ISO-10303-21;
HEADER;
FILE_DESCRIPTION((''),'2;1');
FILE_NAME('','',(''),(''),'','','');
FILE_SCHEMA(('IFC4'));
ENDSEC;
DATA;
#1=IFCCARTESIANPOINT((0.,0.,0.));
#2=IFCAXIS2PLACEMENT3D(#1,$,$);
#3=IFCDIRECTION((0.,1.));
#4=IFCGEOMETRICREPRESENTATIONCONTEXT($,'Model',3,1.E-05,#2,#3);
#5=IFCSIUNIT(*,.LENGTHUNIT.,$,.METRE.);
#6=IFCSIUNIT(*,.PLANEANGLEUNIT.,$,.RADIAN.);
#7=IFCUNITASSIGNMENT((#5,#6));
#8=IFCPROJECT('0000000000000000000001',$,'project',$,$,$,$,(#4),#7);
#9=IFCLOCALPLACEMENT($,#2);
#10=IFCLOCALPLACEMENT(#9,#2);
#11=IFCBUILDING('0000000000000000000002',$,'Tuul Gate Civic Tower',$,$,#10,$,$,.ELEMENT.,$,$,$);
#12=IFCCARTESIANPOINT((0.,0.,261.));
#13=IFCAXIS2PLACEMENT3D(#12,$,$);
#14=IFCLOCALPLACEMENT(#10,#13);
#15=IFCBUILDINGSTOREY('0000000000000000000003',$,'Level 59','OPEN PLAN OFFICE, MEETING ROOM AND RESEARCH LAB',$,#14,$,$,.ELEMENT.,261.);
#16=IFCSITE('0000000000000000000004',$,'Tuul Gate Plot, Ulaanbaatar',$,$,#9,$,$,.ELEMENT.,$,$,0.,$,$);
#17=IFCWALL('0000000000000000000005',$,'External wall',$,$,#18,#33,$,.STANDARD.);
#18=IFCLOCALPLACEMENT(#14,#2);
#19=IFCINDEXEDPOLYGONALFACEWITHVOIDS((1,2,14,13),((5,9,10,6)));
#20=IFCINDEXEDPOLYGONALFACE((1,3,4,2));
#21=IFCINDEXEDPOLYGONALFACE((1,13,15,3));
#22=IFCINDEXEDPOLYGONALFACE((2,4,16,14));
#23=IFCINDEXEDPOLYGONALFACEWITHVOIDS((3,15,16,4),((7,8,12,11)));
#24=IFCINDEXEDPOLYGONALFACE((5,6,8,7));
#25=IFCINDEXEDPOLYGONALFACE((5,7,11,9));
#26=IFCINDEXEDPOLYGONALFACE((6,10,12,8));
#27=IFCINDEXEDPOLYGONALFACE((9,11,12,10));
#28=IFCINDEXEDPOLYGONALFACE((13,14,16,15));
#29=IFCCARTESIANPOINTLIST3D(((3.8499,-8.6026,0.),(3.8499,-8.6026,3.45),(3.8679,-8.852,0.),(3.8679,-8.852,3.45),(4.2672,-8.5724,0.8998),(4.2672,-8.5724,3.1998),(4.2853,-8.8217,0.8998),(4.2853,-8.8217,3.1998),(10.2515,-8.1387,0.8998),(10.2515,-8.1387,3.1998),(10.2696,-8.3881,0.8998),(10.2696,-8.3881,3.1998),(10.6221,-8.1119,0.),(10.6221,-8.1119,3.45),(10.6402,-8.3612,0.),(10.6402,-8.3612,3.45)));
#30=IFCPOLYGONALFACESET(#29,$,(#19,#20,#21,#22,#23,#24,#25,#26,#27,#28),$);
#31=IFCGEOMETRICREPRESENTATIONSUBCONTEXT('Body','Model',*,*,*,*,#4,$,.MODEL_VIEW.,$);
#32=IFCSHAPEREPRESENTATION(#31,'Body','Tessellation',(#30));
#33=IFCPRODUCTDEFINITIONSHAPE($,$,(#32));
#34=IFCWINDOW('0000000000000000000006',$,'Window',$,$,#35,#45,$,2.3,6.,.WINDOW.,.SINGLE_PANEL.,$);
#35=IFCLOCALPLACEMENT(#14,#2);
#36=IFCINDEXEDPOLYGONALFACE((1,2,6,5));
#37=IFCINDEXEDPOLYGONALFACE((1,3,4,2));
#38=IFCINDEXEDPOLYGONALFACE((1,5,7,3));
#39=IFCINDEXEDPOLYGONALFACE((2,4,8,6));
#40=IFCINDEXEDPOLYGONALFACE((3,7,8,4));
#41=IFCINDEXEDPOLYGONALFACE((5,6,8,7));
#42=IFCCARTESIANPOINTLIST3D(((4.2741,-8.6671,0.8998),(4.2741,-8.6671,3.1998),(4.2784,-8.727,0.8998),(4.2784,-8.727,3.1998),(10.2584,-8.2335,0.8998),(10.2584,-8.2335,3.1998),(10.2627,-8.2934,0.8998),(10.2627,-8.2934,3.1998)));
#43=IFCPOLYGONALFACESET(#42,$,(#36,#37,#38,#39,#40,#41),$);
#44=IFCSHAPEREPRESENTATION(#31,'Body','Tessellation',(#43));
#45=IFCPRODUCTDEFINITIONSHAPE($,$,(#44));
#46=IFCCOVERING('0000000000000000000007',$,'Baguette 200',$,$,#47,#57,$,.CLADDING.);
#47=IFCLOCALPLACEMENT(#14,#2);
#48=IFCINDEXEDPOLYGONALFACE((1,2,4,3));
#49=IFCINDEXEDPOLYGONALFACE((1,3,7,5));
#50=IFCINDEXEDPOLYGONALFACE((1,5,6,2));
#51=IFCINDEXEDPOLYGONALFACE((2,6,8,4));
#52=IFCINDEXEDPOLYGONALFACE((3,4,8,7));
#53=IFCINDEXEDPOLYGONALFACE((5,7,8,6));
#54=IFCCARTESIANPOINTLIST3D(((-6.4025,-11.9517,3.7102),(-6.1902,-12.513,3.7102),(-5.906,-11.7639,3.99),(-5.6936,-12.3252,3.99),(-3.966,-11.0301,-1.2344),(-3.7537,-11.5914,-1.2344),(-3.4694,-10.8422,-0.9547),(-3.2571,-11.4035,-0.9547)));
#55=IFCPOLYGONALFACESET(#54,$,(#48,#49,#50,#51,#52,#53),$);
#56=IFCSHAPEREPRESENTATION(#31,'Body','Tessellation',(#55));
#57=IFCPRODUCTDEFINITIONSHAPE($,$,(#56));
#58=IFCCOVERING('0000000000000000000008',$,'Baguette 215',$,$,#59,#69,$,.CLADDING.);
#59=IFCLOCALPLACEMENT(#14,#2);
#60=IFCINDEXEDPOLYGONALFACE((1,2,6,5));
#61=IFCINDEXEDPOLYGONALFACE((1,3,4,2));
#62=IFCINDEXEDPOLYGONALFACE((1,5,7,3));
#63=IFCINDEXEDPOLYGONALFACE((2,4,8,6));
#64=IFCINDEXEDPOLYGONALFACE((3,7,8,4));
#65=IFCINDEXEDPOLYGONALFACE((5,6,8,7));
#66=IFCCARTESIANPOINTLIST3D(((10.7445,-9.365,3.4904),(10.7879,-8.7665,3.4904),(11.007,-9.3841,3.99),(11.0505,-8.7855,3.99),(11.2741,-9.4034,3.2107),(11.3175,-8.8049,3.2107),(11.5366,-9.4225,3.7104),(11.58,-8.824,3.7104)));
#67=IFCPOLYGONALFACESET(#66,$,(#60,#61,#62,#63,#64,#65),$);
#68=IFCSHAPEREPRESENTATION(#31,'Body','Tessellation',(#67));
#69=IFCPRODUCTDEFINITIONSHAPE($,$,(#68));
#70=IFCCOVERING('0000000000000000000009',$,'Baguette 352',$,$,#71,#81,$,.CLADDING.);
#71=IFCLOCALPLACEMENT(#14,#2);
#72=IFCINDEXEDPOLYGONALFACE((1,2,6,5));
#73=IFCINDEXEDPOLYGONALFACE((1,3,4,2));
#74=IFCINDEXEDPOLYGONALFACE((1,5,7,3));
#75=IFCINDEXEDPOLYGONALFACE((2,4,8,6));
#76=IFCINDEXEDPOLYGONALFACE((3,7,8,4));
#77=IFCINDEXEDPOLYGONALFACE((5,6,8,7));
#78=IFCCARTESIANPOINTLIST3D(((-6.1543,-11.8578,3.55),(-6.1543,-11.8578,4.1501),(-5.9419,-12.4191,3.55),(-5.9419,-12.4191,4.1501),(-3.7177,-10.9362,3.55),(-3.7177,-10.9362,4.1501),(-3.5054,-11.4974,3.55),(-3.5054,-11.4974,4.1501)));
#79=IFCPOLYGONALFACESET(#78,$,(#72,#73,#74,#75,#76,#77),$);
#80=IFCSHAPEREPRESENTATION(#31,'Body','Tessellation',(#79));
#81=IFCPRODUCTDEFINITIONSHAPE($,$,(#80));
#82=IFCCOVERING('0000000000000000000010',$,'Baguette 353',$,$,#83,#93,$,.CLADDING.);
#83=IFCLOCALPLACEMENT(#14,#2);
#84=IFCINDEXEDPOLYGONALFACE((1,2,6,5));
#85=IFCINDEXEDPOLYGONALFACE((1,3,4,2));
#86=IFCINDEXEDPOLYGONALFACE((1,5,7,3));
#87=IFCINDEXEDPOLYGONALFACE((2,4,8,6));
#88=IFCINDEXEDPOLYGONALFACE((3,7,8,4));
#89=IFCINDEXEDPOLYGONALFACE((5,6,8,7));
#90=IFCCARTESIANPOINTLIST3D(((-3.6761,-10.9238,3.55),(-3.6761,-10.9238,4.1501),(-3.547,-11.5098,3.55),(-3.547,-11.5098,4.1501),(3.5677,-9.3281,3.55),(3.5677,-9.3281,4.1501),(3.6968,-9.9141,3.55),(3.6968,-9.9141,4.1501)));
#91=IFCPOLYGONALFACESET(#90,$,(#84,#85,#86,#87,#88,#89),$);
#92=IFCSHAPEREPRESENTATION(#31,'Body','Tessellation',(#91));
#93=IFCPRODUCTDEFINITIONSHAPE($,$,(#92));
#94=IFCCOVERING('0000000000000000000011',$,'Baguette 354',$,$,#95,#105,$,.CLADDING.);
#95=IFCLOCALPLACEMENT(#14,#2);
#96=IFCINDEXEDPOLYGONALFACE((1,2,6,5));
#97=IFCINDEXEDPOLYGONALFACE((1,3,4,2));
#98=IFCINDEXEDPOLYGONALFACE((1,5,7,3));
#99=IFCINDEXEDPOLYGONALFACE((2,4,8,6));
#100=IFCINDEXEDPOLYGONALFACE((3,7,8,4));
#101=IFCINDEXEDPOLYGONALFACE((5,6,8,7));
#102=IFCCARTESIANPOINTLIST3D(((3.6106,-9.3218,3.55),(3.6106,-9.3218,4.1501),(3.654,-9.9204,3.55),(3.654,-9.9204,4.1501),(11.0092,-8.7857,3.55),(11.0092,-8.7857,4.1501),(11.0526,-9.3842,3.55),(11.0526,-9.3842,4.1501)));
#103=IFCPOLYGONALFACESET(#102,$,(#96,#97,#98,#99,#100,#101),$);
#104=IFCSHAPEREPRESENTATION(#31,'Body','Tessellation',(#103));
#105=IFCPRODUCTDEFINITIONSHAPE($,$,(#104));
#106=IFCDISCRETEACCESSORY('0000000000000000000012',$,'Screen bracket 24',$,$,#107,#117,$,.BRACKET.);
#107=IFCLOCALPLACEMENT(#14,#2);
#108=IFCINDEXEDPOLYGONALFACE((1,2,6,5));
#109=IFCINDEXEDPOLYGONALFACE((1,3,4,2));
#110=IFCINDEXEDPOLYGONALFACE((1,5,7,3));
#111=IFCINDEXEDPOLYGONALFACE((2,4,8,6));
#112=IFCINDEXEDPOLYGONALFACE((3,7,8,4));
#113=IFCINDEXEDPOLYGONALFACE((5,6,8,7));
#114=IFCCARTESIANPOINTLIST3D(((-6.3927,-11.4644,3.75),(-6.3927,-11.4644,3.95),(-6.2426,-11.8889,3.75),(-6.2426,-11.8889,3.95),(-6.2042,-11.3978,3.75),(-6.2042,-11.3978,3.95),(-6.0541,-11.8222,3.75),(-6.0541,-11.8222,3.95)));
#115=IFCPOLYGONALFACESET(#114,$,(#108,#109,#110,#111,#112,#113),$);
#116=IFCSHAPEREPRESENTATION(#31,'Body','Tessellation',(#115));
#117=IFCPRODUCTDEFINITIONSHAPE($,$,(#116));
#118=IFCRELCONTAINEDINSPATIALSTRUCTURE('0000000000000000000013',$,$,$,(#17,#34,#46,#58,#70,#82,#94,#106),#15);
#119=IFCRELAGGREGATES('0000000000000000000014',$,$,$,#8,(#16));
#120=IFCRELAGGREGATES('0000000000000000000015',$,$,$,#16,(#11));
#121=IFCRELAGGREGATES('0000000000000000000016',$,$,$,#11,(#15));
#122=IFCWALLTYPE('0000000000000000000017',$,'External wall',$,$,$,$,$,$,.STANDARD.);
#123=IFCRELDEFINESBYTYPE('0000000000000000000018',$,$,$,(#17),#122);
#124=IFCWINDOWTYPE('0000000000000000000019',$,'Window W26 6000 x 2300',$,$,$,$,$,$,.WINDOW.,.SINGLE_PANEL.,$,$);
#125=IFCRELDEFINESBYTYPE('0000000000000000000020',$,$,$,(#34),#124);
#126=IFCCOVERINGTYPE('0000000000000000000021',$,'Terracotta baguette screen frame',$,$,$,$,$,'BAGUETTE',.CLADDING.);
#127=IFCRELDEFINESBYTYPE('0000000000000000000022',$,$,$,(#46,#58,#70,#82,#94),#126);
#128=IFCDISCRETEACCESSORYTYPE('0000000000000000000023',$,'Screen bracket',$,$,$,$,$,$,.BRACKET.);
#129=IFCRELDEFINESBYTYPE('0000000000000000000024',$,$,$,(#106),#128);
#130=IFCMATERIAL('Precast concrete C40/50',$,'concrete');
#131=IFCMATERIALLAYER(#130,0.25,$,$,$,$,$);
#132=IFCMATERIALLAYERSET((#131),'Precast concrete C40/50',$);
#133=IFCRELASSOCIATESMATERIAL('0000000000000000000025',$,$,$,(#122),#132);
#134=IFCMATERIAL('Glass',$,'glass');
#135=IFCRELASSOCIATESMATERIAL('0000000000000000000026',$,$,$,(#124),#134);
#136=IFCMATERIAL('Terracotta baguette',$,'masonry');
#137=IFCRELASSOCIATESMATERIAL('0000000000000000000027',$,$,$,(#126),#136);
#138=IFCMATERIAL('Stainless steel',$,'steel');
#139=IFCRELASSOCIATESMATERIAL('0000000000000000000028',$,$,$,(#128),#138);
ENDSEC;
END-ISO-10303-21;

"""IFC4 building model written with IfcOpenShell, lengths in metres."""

from ifc_helpers import new_model, si_unit, direction, frame, frame_2d, origin, origin_2d, place, context, subcontext, project, spatial, rectangle, extrude, material, layer, layer_set, material_profile, profile_set, type_object, element, fill, save


model = new_model("IFC4")

# Units and contexts
model_context = context("Model", 3, precision=1e-05, world=origin(), true_north=direction((0.0, 1.0)))
body_context = subcontext(model_context, "Body", "Model", "MODEL_VIEW")
ifc_project = project(units=[si_unit("LENGTHUNIT", "METRE"), si_unit("PLANEANGLEUNIT", "RADIAN")], contexts=[model_context])

# Site, building, storey
site_placement = place(None, origin())
site = spatial("IfcSite", under=ifc_project, at=site_placement, Name="Tuul Gate Plot, Ulaanbaatar", CompositionType="ELEMENT", RefElevation=0.0)
building_placement = place(site_placement, origin())
building = spatial("IfcBuilding", under=site, at=building_placement, Name="Tuul Gate Civic Tower", CompositionType="ELEMENT")
storey_placement = place(building_placement, frame((0.0, 0.0, 261.0)))
storey = spatial("IfcBuildingStorey", under=building, at=storey_placement, Name="Level 59", Description="OPEN PLAN OFFICE, MEETING ROOM AND RESEARCH LAB", CompositionType="ELEMENT", Elevation=261.0)

# Wall, opening, window
ifc_material_1 = material(Name="Precast concrete C40/50", Category="concrete")
ifc_layer_1 = layer(ifc_material_1, 0.25)
ifc_layer_set_1 = layer_set([ifc_layer_1], Name="Precast concrete C40/50")
wall_type_1 = type_object("IfcWallType", Name="External wall", PredefinedType="STANDARD", material=ifc_layer_set_1)
ifc_material_2 = material(Name="Glass", Category="glass")
window_type = type_object("IfcWindowType", Name="Window W26 6000 x 2300", PartitioningType="SINGLE_PANEL", PredefinedType="WINDOW", material=ifc_material_2)
wall_1_placement = place(storey_placement, frame((3.8589, -8.7273, 0.0), z_axis=(0.0, 0.0, 1.0), x_axis=(0.997385, 0.072272, 0.0)))
wall_1 = element("IfcWall", 1, at=wall_1_placement, inside=storey, type_object=wall_type_1, Name="External wall", PredefinedType="STANDARD", context=body_context, shape_type="SweptSolid", body=[
    extrude(rectangle(XDim=6.79, YDim=0.25, at=frame_2d((3.395, 0.0))), origin(), (0.0, 0.0, 1.0), 3.45),
])
opening_1_placement = place(wall_1_placement, frame((0.4185, 0.0, 0.8999)))
opening_1 = element("IfcOpeningElement", 2, at=opening_1_placement, cuts=wall_1, PredefinedType="OPENING", context=body_context, shape_type="SweptSolid", body=[
    extrude(rectangle(XDim=6.0, YDim=2.3, at=frame_2d((3.0, 1.1499))), frame((0.0, 0.135, 0.0), z_axis=(0.0, -1.0, 0.0), x_axis=(1.0, 0.0, 0.0)), (0.0, 0.0, 1.0), 0.27),
])
window_1_placement = place(opening_1_placement, origin())
window_1 = element("IfcWindow", 3, at=window_1_placement, inside=storey, type_object=window_type, Name="Window", OverallHeight=2.3, OverallWidth=6.0, PartitioningType="SINGLE_PANEL", PredefinedType="WINDOW", context=body_context, shape_type="SweptSolid", body=[
    extrude(rectangle(XDim=6.0, YDim=2.3, at=frame_2d((3.0, 1.1499))), frame((0.0, 0.03, 0.0), z_axis=(0.0, -1.0, 0.0), x_axis=(1.0, 0.0, 0.0)), (0.0, 0.0, 1.0), 0.0601),
])
fill(opening_1, window_1)

# Coverings
ifc_material_3 = material(Name="Terracotta baguette", Category="masonry")
ifc_material_profile_1 = material_profile(ifc_material_3, rectangle(XDim=0.6001, YDim=0.6001, at=origin_2d()), Name="Terracotta baguette screen frame")
ifc_profile_set_1 = profile_set([ifc_material_profile_1], Name="Terracotta baguette")
covering_type = type_object("IfcCoveringType", Name="Terracotta baguette screen frame", ElementType="BAGUETTE", PredefinedType="CLADDING", material=ifc_profile_set_1)
covering_1_placement = place(storey_placement, frame((-6.0481, -12.1384, 3.8501), z_axis=(0.435964, 0.164906, -0.884727), x_axis=(-0.353792, 0.935324, 0.0)))
element("IfcCovering", 4, at=covering_1_placement, inside=storey, type_object=covering_type, Name="Baguette 200", PredefinedType="CLADDING", context=body_context, shape_type="SweptSolid", body=[
    extrude(rectangle(XDim=0.6001, YDim=0.6001, at=origin_2d()), origin(), (0.0, 0.0, 1.0), 5.5889),
])
covering_2_placement = place(storey_placement, frame((11.031, -9.085, 3.3506), z_axis=(0.464858, -0.033729, 0.884743), x_axis=(0.072368, 0.997378, 0.0)))
element("IfcCovering", 5, at=covering_2_placement, inside=storey, type_object=covering_type, Name="Baguette 215", PredefinedType="CLADDING", context=body_context, shape_type="SweptSolid", body=[
    extrude(rectangle(XDim=0.6001, YDim=0.6001, at=origin_2d()), origin(), (0.0, 0.0, 1.0), 0.5647),
])
covering_3_placement = place(storey_placement, frame((-6.0481, -12.1384, 3.8501), z_axis=(0.935324, 0.353792, 0.0), x_axis=(-0.353792, 0.935324, 0.0)))
element("IfcCovering", 6, at=covering_3_placement, inside=storey, type_object=covering_type, Name="Baguette 352", PredefinedType="CLADDING", context=body_context, shape_type="SweptSolid", body=[
    extrude(rectangle(XDim=0.6001, YDim=0.6001, at=origin_2d()), origin(), (0.0, 0.0, 1.0), 2.605),
])
covering_4_placement = place(storey_placement, frame((-3.6116, -11.2168, 3.8501), z_axis=(0.976587, 0.215125, 0.0), x_axis=(-0.215125, 0.976587, 0.0)))
element("IfcCovering", 7, at=covering_4_placement, inside=storey, type_object=covering_type, Name="Baguette 353", PredefinedType="CLADDING", context=body_context, shape_type="SweptSolid", body=[
    extrude(rectangle(XDim=0.6001, YDim=0.6001, at=origin_2d()), origin(), (0.0, 0.0, 1.0), 7.4175),
])
covering_5_placement = place(storey_placement, frame((3.6323, -9.6211, 3.8501), z_axis=(0.997385, 0.072274, 0.0), x_axis=(-0.072274, 0.997385, 0.0)))
element("IfcCovering", 8, at=covering_5_placement, inside=storey, type_object=covering_type, Name="Baguette 354", PredefinedType="CLADDING", context=body_context, shape_type="SweptSolid", body=[
    extrude(rectangle(XDim=0.6001, YDim=0.6001, at=origin_2d()), origin(), (0.0, 0.0, 1.0), 7.418),
])

# Discrete accessory
ifc_material_4 = material(Name="Stainless steel", Category="steel")
discrete_accessory_type = type_object("IfcDiscreteAccessoryType", Name="Screen bracket", PredefinedType="BRACKET", material=ifc_material_4)
discrete_accessory_placement = place(storey_placement, frame((-6.2234, -11.6433, 3.75), z_axis=(0.0, 0.0, 1.0), x_axis=(0.333479, -0.942757, 0.0)))
element("IfcDiscreteAccessory", 9, at=discrete_accessory_placement, inside=storey, type_object=discrete_accessory_type, Name="Screen bracket 24", PredefinedType="BRACKET", context=body_context, shape_type="SweptSolid", body=[
    extrude(rectangle(XDim=0.4502, YDim=0.2, at=origin_2d()), origin(), (0.0, 0.0, 1.0), 0.2),
])

save(model, "model.ifc")
